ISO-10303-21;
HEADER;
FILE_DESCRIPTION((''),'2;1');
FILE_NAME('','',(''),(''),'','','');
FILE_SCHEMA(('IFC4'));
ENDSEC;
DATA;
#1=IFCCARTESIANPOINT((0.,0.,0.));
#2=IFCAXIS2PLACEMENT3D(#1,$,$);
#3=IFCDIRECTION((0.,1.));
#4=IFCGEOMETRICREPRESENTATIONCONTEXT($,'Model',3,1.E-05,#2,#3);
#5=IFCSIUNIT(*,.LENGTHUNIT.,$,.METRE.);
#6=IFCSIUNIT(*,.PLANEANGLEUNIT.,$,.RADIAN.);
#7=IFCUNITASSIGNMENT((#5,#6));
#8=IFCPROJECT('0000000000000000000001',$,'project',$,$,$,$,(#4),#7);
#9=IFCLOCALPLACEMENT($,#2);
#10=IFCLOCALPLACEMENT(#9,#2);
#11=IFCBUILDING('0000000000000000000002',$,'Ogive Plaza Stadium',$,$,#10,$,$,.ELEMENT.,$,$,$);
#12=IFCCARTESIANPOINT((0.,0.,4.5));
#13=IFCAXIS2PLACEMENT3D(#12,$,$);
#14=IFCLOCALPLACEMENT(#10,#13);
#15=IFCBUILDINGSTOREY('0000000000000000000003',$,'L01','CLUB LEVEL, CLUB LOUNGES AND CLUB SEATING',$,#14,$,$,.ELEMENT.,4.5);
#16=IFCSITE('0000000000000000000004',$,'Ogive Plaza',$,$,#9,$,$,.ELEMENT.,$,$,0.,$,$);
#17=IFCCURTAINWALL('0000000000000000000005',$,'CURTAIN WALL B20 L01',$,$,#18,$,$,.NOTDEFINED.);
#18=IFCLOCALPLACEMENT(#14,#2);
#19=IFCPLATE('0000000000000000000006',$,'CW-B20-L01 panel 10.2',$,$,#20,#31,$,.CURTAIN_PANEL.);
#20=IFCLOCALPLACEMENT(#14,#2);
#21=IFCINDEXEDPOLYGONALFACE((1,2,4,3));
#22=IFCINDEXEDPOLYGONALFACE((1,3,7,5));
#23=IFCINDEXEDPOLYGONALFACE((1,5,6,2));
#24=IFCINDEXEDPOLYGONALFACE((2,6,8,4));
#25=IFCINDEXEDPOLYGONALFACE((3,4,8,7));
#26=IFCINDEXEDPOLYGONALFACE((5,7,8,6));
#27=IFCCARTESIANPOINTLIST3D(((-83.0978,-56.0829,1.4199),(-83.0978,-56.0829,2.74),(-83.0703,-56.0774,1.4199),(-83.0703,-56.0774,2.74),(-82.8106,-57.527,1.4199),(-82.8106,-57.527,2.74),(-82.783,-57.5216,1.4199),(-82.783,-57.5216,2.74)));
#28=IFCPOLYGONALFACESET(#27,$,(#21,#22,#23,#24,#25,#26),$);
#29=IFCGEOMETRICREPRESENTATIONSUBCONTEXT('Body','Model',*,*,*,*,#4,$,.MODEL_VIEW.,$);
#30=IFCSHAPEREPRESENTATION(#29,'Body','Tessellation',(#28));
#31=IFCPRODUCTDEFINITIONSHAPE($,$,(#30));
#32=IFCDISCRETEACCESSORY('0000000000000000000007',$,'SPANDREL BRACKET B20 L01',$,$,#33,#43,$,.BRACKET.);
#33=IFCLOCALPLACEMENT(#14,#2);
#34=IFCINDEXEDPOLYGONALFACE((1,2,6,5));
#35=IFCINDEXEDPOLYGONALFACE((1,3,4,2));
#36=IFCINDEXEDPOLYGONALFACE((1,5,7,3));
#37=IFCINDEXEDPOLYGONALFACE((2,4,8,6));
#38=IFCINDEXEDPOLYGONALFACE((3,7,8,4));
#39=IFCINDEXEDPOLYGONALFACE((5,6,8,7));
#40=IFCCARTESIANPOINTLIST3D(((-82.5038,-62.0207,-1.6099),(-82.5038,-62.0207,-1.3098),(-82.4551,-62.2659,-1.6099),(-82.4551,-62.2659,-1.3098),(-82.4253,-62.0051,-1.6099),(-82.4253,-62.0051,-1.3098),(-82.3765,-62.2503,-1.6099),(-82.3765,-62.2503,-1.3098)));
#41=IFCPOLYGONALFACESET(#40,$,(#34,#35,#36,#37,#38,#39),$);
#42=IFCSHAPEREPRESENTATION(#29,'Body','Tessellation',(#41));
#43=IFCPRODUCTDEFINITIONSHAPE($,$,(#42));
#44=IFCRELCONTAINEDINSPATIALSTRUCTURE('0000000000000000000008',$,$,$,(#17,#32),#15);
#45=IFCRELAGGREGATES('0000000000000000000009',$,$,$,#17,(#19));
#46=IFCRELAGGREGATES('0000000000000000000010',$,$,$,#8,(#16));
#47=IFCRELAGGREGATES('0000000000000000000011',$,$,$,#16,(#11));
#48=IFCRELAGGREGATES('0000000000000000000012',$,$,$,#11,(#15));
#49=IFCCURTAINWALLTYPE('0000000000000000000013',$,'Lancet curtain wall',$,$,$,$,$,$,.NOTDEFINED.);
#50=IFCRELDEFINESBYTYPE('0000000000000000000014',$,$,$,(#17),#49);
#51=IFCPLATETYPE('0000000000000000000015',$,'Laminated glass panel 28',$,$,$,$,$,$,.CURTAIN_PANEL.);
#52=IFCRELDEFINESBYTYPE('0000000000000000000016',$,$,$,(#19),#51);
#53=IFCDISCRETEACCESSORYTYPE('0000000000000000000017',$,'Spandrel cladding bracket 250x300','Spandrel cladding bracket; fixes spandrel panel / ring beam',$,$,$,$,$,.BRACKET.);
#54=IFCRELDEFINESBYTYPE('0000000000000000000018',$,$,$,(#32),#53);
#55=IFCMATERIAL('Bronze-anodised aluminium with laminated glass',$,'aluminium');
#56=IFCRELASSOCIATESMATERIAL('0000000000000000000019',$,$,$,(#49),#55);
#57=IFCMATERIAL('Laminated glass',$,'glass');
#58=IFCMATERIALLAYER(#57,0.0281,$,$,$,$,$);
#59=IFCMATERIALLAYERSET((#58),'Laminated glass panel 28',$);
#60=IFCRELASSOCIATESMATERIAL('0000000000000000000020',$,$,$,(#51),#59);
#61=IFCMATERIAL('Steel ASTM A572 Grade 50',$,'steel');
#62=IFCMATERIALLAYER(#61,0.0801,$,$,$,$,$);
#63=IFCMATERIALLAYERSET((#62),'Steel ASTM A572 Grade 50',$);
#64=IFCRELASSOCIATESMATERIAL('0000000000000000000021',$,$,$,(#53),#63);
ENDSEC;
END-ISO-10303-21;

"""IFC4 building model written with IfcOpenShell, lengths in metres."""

from ifc_helpers import new_model, si_unit, direction, frame, origin, origin_2d, place, context, subcontext, project, spatial, rectangle, extrude, material, layer, layer_set, type_object, element, aggregate, save


model = new_model("IFC4")

# Units and contexts
model_context = context("Model", 3, precision=1e-05, world=origin(), true_north=direction((0.0, 1.0)))
body_context = subcontext(model_context, "Body", "Model", "MODEL_VIEW")
ifc_project = project(units=[si_unit("LENGTHUNIT", "METRE"), si_unit("PLANEANGLEUNIT", "RADIAN")], contexts=[model_context])

# Site, building, storey
site_placement = place(None, origin())
site = spatial("IfcSite", under=ifc_project, at=site_placement, Name="Ogive Plaza", CompositionType="ELEMENT", RefElevation=0.0)
building_placement = place(site_placement, origin())
building = spatial("IfcBuilding", under=site, at=building_placement, Name="Ogive Plaza Stadium", CompositionType="ELEMENT")
storey_placement = place(building_placement, frame((0.0, 0.0, 4.5)))
storey = spatial("IfcBuildingStorey", under=building, at=storey_placement, Name="L01", Description="CLUB LEVEL, CLUB LOUNGES AND CLUB SEATING", CompositionType="ELEMENT", Elevation=4.5)

# Curtain wall, plate
ifc_material_1 = material(Name="Bronze-anodised aluminium with laminated glass", Category="aluminium")
curtain_wall_type = type_object("IfcCurtainWallType", Name="Lancet curtain wall", PredefinedType="NOTDEFINED", material=ifc_material_1)
curtain_wall_placement = place(storey_placement, origin())
curtain_wall = element("IfcCurtainWall", 1, at=curtain_wall_placement, inside=storey, type_object=curtain_wall_type, Name="CURTAIN WALL B20 L01", PredefinedType="NOTDEFINED")
ifc_material_2 = material(Name="Laminated glass", Category="glass")
ifc_layer_1 = layer(ifc_material_2, 0.0281)
ifc_layer_set_1 = layer_set([ifc_layer_1], Name="Laminated glass panel 28")
plate_type = type_object("IfcPlateType", Name="Laminated glass panel 28", PredefinedType="CURTAIN_PANEL", material=ifc_layer_set_1)
plate_1_placement = place(storey_placement, frame((-82.9404, -56.8022, 1.4199), z_axis=(0.0, 0.0, 1.0), x_axis=(-0.19509, 0.980785, 0.0)))
plate_1 = element("IfcPlate", 2, at=plate_1_placement, type_object=plate_type, Name="CW-B20-L01 panel 10.2", PredefinedType="CURTAIN_PANEL", context=body_context, shape_type="SweptSolid", body=[
    extrude(rectangle(XDim=1.4724, YDim=0.0281, at=origin_2d()), origin(), (0.0, 0.0, 1.0), 1.3201),
])
aggregate(curtain_wall, [plate_1])

# Discrete accessory
ifc_material_3 = material(Name="Steel ASTM A572 Grade 50", Category="steel")
ifc_layer_2 = layer(ifc_material_3, 0.0801)
ifc_layer_set_2 = layer_set([ifc_layer_2], Name="Steel ASTM A572 Grade 50")
discrete_accessory_type = type_object("IfcDiscreteAccessoryType", Name="Spandrel cladding bracket 250x300", Description="Spandrel cladding bracket; fixes spandrel panel / ring beam", PredefinedType="BRACKET", material=ifc_layer_set_2)
discrete_accessory_placement = place(storey_placement, frame((-82.4402, -62.1355, -1.6099), z_axis=(0.0, 0.0, 1.0), x_axis=(-0.19509, 0.980785, 0.0)))
element("IfcDiscreteAccessory", 3, at=discrete_accessory_placement, inside=storey, type_object=discrete_accessory_type, Name="SPANDREL BRACKET B20 L01", PredefinedType="BRACKET", context=body_context, shape_type="SweptSolid", body=[
    extrude(rectangle(XDim=0.25, YDim=0.0801, at=origin_2d()), origin(), (0.0, 0.0, 1.0), 0.3),
])

save(model, "model.ifc")
